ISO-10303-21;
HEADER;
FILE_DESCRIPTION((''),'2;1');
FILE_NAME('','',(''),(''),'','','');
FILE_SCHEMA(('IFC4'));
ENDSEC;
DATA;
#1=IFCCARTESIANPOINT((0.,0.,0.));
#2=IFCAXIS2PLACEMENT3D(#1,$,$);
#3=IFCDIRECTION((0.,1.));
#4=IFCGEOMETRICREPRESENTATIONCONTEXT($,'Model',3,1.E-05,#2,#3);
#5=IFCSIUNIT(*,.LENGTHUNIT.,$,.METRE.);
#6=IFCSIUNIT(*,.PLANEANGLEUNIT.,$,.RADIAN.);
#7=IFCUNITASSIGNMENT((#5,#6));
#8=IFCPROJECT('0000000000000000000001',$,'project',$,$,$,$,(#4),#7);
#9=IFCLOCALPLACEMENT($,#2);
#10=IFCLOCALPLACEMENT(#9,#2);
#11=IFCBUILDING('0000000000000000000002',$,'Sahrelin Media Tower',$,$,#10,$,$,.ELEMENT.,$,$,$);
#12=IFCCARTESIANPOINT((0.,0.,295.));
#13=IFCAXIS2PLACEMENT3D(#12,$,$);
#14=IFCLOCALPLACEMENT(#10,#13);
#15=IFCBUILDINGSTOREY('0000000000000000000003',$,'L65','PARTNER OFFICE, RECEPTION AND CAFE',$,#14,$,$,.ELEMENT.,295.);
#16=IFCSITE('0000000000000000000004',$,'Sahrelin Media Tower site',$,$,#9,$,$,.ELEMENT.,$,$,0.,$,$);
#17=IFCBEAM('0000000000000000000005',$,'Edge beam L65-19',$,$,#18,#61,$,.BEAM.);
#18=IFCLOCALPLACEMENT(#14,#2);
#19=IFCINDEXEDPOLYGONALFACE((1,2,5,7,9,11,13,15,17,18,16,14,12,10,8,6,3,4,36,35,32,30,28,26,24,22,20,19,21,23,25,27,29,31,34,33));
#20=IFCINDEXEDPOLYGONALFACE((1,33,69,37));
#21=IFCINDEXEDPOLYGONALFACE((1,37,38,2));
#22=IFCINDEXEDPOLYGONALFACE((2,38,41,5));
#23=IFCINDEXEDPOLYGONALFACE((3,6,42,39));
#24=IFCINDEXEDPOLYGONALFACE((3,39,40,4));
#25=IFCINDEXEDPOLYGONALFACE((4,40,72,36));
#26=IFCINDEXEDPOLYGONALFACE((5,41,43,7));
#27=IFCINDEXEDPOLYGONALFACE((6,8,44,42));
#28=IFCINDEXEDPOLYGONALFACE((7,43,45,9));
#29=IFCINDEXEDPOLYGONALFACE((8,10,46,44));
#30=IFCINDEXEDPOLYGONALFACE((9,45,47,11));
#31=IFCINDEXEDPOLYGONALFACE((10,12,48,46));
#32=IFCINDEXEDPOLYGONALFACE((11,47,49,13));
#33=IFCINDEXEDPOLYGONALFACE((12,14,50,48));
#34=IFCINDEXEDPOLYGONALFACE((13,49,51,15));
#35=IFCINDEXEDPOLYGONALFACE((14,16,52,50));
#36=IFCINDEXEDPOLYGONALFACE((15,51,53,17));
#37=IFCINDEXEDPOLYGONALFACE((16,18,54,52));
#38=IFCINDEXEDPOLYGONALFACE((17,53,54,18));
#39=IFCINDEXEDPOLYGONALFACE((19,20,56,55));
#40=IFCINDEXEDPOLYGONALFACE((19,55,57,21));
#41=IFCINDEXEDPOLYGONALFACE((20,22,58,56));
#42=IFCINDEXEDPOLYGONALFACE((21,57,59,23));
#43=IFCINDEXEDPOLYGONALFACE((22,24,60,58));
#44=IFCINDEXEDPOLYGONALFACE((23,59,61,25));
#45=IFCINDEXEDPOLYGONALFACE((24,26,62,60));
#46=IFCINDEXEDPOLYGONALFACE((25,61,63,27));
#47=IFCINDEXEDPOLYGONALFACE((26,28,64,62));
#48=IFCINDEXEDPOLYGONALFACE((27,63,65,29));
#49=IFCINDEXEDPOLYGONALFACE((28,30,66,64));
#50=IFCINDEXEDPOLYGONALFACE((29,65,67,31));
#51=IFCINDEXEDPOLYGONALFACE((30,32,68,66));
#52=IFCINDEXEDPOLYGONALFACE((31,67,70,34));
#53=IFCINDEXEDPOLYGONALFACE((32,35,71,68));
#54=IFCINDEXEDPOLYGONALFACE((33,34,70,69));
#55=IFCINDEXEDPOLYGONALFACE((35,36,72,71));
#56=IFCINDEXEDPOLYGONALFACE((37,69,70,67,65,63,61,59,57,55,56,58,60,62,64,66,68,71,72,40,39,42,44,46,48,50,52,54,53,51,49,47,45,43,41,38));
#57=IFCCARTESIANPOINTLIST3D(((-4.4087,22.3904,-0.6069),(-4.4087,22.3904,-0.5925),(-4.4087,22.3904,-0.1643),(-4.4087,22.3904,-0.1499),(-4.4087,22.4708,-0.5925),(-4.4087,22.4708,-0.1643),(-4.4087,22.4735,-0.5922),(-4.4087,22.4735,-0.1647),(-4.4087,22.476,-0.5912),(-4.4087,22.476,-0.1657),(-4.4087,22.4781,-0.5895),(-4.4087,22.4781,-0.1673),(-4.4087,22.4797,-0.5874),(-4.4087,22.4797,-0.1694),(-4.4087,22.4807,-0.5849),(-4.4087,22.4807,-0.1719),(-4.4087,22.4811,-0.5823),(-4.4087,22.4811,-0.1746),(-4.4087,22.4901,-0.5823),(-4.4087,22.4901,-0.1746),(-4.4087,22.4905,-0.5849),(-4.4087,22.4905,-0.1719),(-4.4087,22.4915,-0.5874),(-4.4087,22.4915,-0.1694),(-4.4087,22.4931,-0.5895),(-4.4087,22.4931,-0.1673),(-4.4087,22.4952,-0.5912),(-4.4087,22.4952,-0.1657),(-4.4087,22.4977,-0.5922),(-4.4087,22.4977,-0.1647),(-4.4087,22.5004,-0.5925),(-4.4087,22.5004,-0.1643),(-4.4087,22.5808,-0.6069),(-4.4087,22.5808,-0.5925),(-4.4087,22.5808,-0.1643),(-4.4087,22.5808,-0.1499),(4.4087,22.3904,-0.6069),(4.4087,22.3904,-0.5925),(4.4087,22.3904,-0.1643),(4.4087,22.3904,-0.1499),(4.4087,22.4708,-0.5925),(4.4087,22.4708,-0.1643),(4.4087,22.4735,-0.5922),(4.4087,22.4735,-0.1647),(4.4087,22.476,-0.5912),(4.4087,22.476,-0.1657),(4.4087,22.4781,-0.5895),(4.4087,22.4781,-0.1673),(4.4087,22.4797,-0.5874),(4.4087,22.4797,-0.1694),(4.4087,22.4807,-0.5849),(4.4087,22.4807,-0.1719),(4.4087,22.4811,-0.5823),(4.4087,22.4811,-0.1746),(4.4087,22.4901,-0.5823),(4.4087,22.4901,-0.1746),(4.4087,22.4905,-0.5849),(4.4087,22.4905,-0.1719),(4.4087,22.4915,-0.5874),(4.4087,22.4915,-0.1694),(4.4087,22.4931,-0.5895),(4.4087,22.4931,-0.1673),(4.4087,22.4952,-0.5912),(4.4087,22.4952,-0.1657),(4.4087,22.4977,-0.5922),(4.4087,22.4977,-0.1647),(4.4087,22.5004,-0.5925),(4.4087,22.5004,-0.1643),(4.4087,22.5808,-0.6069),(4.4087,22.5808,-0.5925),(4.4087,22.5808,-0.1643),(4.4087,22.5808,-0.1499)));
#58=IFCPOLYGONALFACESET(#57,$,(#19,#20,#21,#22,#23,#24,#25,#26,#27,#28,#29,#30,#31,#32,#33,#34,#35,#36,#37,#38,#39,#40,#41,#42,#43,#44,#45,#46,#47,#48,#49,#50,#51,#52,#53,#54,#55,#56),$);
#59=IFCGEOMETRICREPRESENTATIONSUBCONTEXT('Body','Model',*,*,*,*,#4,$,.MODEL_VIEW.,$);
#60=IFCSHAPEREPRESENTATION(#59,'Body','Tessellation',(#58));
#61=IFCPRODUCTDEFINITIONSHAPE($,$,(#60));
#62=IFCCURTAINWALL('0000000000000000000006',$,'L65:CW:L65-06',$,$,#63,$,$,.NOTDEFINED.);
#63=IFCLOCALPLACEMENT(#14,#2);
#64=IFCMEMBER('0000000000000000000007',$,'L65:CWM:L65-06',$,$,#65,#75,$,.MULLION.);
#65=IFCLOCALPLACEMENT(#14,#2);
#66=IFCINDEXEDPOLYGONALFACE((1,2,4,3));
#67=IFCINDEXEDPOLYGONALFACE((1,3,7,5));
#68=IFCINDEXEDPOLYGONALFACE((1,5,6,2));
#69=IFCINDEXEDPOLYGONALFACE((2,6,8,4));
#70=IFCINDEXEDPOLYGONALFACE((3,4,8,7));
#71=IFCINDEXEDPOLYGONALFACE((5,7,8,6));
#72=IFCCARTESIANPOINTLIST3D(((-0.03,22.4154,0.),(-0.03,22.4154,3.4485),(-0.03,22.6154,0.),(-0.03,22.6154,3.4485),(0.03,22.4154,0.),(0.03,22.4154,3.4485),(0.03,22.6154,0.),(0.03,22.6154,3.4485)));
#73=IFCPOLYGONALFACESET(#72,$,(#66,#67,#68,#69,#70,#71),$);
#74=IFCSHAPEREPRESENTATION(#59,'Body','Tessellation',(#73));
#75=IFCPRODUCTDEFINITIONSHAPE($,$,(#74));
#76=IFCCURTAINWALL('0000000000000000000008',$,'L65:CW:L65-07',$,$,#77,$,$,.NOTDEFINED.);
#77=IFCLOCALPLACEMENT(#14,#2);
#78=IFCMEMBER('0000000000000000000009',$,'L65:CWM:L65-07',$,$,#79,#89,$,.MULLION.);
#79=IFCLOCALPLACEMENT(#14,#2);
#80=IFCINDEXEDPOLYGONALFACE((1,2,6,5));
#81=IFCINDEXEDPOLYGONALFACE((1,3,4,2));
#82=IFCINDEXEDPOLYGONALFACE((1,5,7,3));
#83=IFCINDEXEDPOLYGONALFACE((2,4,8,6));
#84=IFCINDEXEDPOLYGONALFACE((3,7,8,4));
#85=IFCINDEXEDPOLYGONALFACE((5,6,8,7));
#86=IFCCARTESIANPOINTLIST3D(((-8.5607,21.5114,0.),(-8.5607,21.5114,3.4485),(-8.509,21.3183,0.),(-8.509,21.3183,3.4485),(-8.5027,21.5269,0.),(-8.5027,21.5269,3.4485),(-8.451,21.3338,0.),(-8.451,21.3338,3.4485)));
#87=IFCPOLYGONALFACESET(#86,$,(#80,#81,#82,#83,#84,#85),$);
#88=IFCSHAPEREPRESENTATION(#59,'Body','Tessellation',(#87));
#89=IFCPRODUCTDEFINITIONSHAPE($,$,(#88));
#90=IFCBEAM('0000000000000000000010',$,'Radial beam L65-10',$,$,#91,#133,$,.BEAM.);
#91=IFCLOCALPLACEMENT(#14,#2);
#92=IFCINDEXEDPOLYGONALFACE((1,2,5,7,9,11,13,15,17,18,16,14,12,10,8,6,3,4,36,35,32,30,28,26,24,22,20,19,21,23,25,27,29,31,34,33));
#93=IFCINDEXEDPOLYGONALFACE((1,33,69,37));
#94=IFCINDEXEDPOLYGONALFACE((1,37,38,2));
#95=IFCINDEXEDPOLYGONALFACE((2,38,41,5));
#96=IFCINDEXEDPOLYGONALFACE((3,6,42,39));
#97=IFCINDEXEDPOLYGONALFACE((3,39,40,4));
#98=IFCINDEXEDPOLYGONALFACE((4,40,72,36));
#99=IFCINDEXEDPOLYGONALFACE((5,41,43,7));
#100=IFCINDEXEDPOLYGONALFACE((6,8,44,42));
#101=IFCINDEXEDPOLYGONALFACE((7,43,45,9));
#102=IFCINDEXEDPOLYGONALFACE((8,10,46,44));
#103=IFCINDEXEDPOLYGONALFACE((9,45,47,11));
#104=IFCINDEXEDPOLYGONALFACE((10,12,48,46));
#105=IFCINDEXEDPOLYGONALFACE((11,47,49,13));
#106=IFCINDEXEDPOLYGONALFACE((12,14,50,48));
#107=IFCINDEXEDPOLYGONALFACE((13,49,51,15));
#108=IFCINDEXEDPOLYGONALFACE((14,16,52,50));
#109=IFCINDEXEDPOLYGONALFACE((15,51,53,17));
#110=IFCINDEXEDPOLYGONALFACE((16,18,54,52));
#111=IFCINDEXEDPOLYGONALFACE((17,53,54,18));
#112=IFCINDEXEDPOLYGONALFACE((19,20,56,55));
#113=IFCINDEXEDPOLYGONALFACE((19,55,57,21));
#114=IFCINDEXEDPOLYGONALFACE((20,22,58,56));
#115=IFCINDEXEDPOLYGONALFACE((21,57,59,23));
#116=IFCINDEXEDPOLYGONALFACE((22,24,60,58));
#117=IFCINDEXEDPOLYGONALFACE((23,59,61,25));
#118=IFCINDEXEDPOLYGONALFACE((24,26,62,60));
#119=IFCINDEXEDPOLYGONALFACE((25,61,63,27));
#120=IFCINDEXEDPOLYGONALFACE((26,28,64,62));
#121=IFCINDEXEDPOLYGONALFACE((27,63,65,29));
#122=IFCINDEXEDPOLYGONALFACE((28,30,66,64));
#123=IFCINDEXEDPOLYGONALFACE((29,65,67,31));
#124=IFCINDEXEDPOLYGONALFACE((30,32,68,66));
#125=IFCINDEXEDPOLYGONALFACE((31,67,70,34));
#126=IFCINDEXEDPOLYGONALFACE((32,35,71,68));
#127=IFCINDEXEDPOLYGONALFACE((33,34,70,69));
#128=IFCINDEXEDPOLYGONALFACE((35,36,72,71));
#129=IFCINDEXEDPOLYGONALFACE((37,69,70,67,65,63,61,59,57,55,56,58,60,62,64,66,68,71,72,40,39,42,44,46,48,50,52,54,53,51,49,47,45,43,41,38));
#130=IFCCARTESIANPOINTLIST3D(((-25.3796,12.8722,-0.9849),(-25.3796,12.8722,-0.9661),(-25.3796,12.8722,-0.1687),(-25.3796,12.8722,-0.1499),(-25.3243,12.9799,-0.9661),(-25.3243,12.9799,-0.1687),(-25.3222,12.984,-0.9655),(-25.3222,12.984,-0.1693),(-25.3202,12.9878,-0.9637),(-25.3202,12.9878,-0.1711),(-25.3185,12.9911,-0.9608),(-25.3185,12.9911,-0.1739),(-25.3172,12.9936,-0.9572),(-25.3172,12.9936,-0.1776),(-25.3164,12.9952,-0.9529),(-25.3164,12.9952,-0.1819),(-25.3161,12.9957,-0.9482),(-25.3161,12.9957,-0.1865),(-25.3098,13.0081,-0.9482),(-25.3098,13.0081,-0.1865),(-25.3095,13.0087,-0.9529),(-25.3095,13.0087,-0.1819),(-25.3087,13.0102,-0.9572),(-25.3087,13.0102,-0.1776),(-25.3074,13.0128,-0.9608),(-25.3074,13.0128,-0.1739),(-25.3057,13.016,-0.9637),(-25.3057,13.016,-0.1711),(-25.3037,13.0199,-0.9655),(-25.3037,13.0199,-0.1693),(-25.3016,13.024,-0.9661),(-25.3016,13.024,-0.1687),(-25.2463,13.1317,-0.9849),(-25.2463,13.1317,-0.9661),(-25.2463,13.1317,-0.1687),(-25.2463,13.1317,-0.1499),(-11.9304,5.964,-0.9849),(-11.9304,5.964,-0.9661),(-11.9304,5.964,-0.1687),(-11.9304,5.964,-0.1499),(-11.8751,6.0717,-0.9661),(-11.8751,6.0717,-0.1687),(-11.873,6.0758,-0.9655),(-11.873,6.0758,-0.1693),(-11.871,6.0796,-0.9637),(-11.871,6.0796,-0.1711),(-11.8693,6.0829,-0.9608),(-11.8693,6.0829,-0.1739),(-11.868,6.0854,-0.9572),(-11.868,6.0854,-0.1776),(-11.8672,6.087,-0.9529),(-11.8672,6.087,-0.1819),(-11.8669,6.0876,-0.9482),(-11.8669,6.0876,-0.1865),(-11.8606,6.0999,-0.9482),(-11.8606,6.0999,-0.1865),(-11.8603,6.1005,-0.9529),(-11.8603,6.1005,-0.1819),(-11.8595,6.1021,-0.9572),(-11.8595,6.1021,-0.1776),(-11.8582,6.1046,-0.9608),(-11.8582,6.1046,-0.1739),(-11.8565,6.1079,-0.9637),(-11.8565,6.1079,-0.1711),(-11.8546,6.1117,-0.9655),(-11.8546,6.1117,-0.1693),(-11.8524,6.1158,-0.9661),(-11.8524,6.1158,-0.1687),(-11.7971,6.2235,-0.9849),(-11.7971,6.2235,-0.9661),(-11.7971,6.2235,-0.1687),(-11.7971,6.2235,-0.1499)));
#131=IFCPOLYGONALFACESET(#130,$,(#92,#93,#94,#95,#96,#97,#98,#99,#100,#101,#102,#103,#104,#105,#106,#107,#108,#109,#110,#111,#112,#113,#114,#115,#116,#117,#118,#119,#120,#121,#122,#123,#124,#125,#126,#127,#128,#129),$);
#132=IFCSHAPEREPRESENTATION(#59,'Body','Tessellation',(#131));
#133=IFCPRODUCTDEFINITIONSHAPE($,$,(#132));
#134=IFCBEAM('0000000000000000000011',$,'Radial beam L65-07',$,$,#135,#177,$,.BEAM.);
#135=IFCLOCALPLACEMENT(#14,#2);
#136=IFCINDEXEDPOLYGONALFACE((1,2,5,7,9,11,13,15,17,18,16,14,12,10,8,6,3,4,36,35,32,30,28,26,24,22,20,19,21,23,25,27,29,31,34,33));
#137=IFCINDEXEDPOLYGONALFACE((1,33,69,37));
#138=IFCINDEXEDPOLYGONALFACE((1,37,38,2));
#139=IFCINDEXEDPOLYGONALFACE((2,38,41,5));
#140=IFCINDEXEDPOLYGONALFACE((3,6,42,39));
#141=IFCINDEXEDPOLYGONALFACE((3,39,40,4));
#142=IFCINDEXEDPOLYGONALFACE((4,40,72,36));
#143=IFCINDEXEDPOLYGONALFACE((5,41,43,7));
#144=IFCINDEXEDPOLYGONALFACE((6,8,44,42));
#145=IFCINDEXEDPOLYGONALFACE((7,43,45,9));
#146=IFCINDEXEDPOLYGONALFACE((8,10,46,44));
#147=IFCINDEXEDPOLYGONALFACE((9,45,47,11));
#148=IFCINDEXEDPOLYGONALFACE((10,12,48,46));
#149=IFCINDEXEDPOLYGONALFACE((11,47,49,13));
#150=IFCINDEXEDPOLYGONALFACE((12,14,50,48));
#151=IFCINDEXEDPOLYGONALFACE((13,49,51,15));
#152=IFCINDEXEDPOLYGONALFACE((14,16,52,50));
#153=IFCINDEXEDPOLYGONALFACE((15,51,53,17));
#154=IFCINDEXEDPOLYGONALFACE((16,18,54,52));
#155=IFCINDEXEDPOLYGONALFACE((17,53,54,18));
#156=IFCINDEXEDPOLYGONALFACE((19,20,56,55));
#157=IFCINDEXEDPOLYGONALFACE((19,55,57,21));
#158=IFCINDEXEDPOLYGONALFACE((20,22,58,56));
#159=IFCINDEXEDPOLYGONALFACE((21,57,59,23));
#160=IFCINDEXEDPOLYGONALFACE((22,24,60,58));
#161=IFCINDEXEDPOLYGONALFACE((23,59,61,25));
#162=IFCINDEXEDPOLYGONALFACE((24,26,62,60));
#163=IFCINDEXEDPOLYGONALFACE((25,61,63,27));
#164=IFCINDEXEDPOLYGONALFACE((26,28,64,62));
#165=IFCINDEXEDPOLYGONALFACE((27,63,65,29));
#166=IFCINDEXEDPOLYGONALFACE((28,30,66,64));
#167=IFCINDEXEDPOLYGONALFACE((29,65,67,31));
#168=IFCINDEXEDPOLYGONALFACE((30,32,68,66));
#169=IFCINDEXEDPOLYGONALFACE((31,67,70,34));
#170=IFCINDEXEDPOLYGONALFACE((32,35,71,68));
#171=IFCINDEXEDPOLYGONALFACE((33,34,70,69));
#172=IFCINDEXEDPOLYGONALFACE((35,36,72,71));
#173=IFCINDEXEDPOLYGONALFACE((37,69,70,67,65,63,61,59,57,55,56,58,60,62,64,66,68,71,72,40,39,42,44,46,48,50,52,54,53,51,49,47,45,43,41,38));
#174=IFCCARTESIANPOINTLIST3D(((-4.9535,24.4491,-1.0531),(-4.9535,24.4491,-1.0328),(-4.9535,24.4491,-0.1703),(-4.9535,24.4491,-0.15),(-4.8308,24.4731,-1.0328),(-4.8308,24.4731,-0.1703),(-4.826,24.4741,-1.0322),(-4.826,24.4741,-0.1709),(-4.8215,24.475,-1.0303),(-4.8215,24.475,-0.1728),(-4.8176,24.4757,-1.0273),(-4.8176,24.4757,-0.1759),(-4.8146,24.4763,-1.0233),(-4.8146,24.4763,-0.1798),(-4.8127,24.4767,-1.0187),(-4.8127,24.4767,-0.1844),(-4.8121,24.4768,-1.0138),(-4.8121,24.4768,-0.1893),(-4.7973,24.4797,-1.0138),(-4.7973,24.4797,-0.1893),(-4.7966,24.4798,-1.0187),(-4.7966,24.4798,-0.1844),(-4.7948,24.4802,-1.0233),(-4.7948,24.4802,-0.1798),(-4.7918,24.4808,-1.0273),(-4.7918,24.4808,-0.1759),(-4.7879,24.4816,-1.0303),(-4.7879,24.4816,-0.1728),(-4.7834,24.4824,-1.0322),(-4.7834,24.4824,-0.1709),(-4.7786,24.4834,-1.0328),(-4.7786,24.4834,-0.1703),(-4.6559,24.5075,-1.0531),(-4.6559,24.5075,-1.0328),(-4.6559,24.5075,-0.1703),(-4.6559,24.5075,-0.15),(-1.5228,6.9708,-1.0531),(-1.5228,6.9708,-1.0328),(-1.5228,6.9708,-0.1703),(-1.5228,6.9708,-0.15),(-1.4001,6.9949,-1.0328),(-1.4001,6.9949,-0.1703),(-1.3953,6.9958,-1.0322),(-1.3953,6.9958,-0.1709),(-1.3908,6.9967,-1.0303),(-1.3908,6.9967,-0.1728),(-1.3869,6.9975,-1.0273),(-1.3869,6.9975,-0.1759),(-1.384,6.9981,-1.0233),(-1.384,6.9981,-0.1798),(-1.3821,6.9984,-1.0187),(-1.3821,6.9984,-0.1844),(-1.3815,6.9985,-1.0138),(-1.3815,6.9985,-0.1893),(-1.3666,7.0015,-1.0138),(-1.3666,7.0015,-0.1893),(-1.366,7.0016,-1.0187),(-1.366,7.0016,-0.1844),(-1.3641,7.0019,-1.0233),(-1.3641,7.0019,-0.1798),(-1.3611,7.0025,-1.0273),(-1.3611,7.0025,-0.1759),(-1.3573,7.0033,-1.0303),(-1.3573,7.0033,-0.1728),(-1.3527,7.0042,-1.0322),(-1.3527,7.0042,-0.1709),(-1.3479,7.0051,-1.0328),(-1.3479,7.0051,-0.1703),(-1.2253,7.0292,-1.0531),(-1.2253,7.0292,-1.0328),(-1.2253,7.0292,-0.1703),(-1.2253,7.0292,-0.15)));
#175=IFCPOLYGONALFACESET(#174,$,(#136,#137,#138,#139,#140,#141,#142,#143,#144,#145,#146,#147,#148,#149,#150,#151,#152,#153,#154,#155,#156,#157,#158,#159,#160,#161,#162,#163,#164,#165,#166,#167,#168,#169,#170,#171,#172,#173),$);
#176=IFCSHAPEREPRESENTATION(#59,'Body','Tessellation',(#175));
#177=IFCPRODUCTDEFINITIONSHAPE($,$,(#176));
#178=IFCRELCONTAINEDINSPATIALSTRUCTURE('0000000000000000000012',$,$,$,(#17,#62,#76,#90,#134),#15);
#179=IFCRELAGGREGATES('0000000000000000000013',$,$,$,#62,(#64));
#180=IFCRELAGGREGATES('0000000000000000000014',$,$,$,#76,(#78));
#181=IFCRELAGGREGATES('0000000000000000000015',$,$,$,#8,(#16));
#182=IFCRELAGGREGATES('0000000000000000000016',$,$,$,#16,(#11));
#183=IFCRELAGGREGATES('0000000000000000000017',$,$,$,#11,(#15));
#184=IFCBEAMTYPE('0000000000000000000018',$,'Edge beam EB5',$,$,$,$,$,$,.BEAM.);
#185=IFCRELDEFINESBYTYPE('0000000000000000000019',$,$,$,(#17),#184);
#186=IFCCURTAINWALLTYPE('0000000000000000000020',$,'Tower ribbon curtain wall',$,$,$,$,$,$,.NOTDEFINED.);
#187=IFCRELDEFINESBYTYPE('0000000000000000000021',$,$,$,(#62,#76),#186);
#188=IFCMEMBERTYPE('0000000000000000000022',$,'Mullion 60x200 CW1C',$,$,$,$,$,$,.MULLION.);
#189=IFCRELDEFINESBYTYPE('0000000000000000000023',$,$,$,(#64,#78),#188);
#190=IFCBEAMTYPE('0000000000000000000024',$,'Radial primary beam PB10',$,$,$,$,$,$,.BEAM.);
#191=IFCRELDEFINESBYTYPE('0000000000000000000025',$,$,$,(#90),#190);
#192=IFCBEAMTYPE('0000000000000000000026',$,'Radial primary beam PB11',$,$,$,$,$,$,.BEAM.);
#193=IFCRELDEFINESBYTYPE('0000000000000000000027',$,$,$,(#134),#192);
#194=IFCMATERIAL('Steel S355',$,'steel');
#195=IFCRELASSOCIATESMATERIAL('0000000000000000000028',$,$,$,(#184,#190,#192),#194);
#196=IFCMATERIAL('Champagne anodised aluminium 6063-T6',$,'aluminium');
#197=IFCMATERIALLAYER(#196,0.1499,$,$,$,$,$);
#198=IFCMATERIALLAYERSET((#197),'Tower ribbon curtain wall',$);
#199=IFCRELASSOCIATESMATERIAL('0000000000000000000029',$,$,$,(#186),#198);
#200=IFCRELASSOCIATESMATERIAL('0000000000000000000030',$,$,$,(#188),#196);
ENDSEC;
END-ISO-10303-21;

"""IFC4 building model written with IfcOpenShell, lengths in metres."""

from ifc_helpers import new_model, si_unit, direction, frame, origin, origin_2d, place, context, subcontext, project, spatial, rectangle, i_section, extrude, material, layer, layer_set, material_profile, profile_set, type_object, element, aggregate, save


model = new_model("IFC4")

# Units and contexts
model_context = context("Model", 3, precision=1e-05, world=origin(), true_north=direction((0.0, 1.0)))
body_context = subcontext(model_context, "Body", "Model", "MODEL_VIEW")
ifc_project = project(units=[si_unit("LENGTHUNIT", "METRE"), si_unit("PLANEANGLEUNIT", "RADIAN")], contexts=[model_context])

# Site, building, storey
site_placement = place(None, origin())
site = spatial("IfcSite", under=ifc_project, at=site_placement, Name="Sahrelin Media Tower site", CompositionType="ELEMENT", RefElevation=0.0)
building_placement = place(site_placement, origin())
building = spatial("IfcBuilding", under=site, at=building_placement, Name="Sahrelin Media Tower", CompositionType="ELEMENT")
storey_placement = place(building_placement, frame((0.0, 0.0, 295.0)))
storey = spatial("IfcBuildingStorey", under=building, at=storey_placement, Name="L65", Description="PARTNER OFFICE, RECEPTION AND CAFE", CompositionType="ELEMENT", Elevation=295.0)

# Beam
ifc_material_1 = material(Name="Steel S355", Category="steel")
ifc_material_profile_1 = material_profile(ifc_material_1, i_section(OverallWidth=0.1904, OverallDepth=0.457, WebThickness=0.009, FlangeThickness=0.0144, FilletRadius=0.0103, at=origin_2d()), Name="UB 457x191x74")
ifc_profile_set_1 = profile_set([ifc_material_profile_1], Name="Steel S355")
beam_type_1 = type_object("IfcBeamType", Name="Edge beam EB5", PredefinedType="BEAM", material=ifc_profile_set_1)
beam_1_placement = place(storey_placement, frame((-4.4087, 22.4856, -0.3784), z_axis=(1.0, 0.0, 0.0), x_axis=(0.0, 1.0, 0.0)))
element("IfcBeam", 1, at=beam_1_placement, inside=storey, type_object=beam_type_1, Name="Edge beam L65-19", PredefinedType="BEAM", context=body_context, shape_type="SweptSolid", body=[
    extrude(i_section(OverallWidth=0.1904, OverallDepth=0.457, WebThickness=0.009, FlangeThickness=0.0144, FilletRadius=0.0103, at=origin_2d()), origin(), (0.0, 0.0, 1.0), 8.8174),
])

# Curtain walls, members
ifc_material_2 = material(Name="Champagne anodised aluminium 6063-T6", Category="aluminium")
ifc_layer_1 = layer(ifc_material_2, 0.1499)
ifc_layer_set_1 = layer_set([ifc_layer_1], Name="Tower ribbon curtain wall")
curtain_wall_type = type_object("IfcCurtainWallType", Name="Tower ribbon curtain wall", PredefinedType="NOTDEFINED", material=ifc_layer_set_1)
curtain_wall_1_placement = place(storey_placement, frame((0.0, 22.6355, 0.0), z_axis=(0.0, 0.0, 1.0), x_axis=(1.0, 0.0, 0.0)))
curtain_wall_1 = element("IfcCurtainWall", 2, at=curtain_wall_1_placement, inside=storey, type_object=curtain_wall_type, Name="L65:CW:L65-06", PredefinedType="NOTDEFINED")
ifc_material_profile_2 = material_profile(ifc_material_2, rectangle(XDim=0.0601, YDim=0.2, at=origin_2d()), Name="Mullion 60x200")
ifc_profile_set_2 = profile_set([ifc_material_profile_2], Name="Champagne anodised aluminium 6063-T6")
member_type_1 = type_object("IfcMemberType", Name="Mullion 60x200 CW1C", PredefinedType="MULLION", material=ifc_profile_set_2)
member_1_placement = place(storey_placement, frame((0.0, 22.5154, 0.0), z_axis=(0.0, 0.0, 1.0), x_axis=(-1.0, 0.0, 0.0)))
member_1 = element("IfcMember", 3, at=member_1_placement, type_object=member_type_1, Name="L65:CWM:L65-06", PredefinedType="MULLION", context=body_context, shape_type="SweptSolid", body=[
    extrude(rectangle(XDim=0.0601, YDim=0.2, at=origin_2d()), origin(), (0.0, 0.0, 1.0), 3.4485),
])
aggregate(curtain_wall_1, [member_1])
curtain_wall_2_placement = place(storey_placement, frame((-8.5369, 21.5386, 0.0), z_axis=(0.0, 0.0, 1.0), x_axis=(1.0, 0.0, 0.0)))
curtain_wall_2 = element("IfcCurtainWall", 4, at=curtain_wall_2_placement, inside=storey, type_object=curtain_wall_type, Name="L65:CW:L65-07", PredefinedType="NOTDEFINED")
member_2_placement = place(storey_placement, frame((-8.5059, 21.4226, 0.0), z_axis=(0.0, 0.0, 1.0), x_axis=(-0.965928, -0.258812, 0.0)))
member_2 = element("IfcMember", 5, at=member_2_placement, type_object=member_type_1, Name="L65:CWM:L65-07", PredefinedType="MULLION", context=body_context, shape_type="SweptSolid", body=[
    extrude(rectangle(XDim=0.0601, YDim=0.2, at=origin_2d()), origin(), (0.0, 0.0, 1.0), 3.4485),
])

# Beams
ifc_material_profile_3 = material_profile(ifc_material_1, i_section(OverallWidth=0.2917, OverallDepth=0.835, WebThickness=0.0139, FlangeThickness=0.0188, FilletRadius=0.0178, at=origin_2d()), Name="UB 838x292x176")
ifc_profile_set_3 = profile_set([ifc_material_profile_3], Name="Steel S355")
beam_type_2 = type_object("IfcBeamType", Name="Radial primary beam PB10", PredefinedType="BEAM", material=ifc_profile_set_3)
beam_2_placement = place(storey_placement, frame((-11.8638, 6.0938, -0.5674), z_axis=(-0.889517, 0.456901, 0.0), x_axis=(-0.456901, -0.889517, 0.0)))
element("IfcBeam", 6, at=beam_2_placement, inside=storey, type_object=beam_type_2, Name="Radial beam L65-10", PredefinedType="BEAM", context=body_context, shape_type="SweptSolid", body=[
    extrude(i_section(OverallWidth=0.2917, OverallDepth=0.835, WebThickness=0.0139, FlangeThickness=0.0188, FilletRadius=0.0178, at=origin_2d()), origin(), (0.0, 0.0, 1.0), 15.1196),
])
ifc_material_profile_4 = material_profile(ifc_material_1, i_section(OverallWidth=0.3032, OverallDepth=0.9031, WebThickness=0.0151, FlangeThickness=0.0203, FilletRadius=0.019, at=origin_2d()), Name="UB 914x305x201")
ifc_profile_set_4 = profile_set([ifc_material_profile_4], Name="Steel S355")
beam_type_3 = type_object("IfcBeamType", Name="Radial primary beam PB11", PredefinedType="BEAM", material=ifc_profile_set_4)
beam_3_placement = place(storey_placement, frame((-1.374, 7.0, -0.6016), z_axis=(-0.192606, 0.981276, 0.0), x_axis=(-0.981276, -0.192606, 0.0)))
element("IfcBeam", 7, at=beam_3_placement, inside=storey, type_object=beam_type_3, Name="Radial beam L65-07", PredefinedType="BEAM", context=body_context, shape_type="SweptSolid", body=[
    extrude(i_section(OverallWidth=0.3032, OverallDepth=0.9031, WebThickness=0.0151, FlangeThickness=0.0203, FilletRadius=0.019, at=origin_2d()), origin(), (0.0, 0.0, 1.0), 17.8118),
])

aggregate(curtain_wall_2, [member_2])

save(model, "model.ifc")
